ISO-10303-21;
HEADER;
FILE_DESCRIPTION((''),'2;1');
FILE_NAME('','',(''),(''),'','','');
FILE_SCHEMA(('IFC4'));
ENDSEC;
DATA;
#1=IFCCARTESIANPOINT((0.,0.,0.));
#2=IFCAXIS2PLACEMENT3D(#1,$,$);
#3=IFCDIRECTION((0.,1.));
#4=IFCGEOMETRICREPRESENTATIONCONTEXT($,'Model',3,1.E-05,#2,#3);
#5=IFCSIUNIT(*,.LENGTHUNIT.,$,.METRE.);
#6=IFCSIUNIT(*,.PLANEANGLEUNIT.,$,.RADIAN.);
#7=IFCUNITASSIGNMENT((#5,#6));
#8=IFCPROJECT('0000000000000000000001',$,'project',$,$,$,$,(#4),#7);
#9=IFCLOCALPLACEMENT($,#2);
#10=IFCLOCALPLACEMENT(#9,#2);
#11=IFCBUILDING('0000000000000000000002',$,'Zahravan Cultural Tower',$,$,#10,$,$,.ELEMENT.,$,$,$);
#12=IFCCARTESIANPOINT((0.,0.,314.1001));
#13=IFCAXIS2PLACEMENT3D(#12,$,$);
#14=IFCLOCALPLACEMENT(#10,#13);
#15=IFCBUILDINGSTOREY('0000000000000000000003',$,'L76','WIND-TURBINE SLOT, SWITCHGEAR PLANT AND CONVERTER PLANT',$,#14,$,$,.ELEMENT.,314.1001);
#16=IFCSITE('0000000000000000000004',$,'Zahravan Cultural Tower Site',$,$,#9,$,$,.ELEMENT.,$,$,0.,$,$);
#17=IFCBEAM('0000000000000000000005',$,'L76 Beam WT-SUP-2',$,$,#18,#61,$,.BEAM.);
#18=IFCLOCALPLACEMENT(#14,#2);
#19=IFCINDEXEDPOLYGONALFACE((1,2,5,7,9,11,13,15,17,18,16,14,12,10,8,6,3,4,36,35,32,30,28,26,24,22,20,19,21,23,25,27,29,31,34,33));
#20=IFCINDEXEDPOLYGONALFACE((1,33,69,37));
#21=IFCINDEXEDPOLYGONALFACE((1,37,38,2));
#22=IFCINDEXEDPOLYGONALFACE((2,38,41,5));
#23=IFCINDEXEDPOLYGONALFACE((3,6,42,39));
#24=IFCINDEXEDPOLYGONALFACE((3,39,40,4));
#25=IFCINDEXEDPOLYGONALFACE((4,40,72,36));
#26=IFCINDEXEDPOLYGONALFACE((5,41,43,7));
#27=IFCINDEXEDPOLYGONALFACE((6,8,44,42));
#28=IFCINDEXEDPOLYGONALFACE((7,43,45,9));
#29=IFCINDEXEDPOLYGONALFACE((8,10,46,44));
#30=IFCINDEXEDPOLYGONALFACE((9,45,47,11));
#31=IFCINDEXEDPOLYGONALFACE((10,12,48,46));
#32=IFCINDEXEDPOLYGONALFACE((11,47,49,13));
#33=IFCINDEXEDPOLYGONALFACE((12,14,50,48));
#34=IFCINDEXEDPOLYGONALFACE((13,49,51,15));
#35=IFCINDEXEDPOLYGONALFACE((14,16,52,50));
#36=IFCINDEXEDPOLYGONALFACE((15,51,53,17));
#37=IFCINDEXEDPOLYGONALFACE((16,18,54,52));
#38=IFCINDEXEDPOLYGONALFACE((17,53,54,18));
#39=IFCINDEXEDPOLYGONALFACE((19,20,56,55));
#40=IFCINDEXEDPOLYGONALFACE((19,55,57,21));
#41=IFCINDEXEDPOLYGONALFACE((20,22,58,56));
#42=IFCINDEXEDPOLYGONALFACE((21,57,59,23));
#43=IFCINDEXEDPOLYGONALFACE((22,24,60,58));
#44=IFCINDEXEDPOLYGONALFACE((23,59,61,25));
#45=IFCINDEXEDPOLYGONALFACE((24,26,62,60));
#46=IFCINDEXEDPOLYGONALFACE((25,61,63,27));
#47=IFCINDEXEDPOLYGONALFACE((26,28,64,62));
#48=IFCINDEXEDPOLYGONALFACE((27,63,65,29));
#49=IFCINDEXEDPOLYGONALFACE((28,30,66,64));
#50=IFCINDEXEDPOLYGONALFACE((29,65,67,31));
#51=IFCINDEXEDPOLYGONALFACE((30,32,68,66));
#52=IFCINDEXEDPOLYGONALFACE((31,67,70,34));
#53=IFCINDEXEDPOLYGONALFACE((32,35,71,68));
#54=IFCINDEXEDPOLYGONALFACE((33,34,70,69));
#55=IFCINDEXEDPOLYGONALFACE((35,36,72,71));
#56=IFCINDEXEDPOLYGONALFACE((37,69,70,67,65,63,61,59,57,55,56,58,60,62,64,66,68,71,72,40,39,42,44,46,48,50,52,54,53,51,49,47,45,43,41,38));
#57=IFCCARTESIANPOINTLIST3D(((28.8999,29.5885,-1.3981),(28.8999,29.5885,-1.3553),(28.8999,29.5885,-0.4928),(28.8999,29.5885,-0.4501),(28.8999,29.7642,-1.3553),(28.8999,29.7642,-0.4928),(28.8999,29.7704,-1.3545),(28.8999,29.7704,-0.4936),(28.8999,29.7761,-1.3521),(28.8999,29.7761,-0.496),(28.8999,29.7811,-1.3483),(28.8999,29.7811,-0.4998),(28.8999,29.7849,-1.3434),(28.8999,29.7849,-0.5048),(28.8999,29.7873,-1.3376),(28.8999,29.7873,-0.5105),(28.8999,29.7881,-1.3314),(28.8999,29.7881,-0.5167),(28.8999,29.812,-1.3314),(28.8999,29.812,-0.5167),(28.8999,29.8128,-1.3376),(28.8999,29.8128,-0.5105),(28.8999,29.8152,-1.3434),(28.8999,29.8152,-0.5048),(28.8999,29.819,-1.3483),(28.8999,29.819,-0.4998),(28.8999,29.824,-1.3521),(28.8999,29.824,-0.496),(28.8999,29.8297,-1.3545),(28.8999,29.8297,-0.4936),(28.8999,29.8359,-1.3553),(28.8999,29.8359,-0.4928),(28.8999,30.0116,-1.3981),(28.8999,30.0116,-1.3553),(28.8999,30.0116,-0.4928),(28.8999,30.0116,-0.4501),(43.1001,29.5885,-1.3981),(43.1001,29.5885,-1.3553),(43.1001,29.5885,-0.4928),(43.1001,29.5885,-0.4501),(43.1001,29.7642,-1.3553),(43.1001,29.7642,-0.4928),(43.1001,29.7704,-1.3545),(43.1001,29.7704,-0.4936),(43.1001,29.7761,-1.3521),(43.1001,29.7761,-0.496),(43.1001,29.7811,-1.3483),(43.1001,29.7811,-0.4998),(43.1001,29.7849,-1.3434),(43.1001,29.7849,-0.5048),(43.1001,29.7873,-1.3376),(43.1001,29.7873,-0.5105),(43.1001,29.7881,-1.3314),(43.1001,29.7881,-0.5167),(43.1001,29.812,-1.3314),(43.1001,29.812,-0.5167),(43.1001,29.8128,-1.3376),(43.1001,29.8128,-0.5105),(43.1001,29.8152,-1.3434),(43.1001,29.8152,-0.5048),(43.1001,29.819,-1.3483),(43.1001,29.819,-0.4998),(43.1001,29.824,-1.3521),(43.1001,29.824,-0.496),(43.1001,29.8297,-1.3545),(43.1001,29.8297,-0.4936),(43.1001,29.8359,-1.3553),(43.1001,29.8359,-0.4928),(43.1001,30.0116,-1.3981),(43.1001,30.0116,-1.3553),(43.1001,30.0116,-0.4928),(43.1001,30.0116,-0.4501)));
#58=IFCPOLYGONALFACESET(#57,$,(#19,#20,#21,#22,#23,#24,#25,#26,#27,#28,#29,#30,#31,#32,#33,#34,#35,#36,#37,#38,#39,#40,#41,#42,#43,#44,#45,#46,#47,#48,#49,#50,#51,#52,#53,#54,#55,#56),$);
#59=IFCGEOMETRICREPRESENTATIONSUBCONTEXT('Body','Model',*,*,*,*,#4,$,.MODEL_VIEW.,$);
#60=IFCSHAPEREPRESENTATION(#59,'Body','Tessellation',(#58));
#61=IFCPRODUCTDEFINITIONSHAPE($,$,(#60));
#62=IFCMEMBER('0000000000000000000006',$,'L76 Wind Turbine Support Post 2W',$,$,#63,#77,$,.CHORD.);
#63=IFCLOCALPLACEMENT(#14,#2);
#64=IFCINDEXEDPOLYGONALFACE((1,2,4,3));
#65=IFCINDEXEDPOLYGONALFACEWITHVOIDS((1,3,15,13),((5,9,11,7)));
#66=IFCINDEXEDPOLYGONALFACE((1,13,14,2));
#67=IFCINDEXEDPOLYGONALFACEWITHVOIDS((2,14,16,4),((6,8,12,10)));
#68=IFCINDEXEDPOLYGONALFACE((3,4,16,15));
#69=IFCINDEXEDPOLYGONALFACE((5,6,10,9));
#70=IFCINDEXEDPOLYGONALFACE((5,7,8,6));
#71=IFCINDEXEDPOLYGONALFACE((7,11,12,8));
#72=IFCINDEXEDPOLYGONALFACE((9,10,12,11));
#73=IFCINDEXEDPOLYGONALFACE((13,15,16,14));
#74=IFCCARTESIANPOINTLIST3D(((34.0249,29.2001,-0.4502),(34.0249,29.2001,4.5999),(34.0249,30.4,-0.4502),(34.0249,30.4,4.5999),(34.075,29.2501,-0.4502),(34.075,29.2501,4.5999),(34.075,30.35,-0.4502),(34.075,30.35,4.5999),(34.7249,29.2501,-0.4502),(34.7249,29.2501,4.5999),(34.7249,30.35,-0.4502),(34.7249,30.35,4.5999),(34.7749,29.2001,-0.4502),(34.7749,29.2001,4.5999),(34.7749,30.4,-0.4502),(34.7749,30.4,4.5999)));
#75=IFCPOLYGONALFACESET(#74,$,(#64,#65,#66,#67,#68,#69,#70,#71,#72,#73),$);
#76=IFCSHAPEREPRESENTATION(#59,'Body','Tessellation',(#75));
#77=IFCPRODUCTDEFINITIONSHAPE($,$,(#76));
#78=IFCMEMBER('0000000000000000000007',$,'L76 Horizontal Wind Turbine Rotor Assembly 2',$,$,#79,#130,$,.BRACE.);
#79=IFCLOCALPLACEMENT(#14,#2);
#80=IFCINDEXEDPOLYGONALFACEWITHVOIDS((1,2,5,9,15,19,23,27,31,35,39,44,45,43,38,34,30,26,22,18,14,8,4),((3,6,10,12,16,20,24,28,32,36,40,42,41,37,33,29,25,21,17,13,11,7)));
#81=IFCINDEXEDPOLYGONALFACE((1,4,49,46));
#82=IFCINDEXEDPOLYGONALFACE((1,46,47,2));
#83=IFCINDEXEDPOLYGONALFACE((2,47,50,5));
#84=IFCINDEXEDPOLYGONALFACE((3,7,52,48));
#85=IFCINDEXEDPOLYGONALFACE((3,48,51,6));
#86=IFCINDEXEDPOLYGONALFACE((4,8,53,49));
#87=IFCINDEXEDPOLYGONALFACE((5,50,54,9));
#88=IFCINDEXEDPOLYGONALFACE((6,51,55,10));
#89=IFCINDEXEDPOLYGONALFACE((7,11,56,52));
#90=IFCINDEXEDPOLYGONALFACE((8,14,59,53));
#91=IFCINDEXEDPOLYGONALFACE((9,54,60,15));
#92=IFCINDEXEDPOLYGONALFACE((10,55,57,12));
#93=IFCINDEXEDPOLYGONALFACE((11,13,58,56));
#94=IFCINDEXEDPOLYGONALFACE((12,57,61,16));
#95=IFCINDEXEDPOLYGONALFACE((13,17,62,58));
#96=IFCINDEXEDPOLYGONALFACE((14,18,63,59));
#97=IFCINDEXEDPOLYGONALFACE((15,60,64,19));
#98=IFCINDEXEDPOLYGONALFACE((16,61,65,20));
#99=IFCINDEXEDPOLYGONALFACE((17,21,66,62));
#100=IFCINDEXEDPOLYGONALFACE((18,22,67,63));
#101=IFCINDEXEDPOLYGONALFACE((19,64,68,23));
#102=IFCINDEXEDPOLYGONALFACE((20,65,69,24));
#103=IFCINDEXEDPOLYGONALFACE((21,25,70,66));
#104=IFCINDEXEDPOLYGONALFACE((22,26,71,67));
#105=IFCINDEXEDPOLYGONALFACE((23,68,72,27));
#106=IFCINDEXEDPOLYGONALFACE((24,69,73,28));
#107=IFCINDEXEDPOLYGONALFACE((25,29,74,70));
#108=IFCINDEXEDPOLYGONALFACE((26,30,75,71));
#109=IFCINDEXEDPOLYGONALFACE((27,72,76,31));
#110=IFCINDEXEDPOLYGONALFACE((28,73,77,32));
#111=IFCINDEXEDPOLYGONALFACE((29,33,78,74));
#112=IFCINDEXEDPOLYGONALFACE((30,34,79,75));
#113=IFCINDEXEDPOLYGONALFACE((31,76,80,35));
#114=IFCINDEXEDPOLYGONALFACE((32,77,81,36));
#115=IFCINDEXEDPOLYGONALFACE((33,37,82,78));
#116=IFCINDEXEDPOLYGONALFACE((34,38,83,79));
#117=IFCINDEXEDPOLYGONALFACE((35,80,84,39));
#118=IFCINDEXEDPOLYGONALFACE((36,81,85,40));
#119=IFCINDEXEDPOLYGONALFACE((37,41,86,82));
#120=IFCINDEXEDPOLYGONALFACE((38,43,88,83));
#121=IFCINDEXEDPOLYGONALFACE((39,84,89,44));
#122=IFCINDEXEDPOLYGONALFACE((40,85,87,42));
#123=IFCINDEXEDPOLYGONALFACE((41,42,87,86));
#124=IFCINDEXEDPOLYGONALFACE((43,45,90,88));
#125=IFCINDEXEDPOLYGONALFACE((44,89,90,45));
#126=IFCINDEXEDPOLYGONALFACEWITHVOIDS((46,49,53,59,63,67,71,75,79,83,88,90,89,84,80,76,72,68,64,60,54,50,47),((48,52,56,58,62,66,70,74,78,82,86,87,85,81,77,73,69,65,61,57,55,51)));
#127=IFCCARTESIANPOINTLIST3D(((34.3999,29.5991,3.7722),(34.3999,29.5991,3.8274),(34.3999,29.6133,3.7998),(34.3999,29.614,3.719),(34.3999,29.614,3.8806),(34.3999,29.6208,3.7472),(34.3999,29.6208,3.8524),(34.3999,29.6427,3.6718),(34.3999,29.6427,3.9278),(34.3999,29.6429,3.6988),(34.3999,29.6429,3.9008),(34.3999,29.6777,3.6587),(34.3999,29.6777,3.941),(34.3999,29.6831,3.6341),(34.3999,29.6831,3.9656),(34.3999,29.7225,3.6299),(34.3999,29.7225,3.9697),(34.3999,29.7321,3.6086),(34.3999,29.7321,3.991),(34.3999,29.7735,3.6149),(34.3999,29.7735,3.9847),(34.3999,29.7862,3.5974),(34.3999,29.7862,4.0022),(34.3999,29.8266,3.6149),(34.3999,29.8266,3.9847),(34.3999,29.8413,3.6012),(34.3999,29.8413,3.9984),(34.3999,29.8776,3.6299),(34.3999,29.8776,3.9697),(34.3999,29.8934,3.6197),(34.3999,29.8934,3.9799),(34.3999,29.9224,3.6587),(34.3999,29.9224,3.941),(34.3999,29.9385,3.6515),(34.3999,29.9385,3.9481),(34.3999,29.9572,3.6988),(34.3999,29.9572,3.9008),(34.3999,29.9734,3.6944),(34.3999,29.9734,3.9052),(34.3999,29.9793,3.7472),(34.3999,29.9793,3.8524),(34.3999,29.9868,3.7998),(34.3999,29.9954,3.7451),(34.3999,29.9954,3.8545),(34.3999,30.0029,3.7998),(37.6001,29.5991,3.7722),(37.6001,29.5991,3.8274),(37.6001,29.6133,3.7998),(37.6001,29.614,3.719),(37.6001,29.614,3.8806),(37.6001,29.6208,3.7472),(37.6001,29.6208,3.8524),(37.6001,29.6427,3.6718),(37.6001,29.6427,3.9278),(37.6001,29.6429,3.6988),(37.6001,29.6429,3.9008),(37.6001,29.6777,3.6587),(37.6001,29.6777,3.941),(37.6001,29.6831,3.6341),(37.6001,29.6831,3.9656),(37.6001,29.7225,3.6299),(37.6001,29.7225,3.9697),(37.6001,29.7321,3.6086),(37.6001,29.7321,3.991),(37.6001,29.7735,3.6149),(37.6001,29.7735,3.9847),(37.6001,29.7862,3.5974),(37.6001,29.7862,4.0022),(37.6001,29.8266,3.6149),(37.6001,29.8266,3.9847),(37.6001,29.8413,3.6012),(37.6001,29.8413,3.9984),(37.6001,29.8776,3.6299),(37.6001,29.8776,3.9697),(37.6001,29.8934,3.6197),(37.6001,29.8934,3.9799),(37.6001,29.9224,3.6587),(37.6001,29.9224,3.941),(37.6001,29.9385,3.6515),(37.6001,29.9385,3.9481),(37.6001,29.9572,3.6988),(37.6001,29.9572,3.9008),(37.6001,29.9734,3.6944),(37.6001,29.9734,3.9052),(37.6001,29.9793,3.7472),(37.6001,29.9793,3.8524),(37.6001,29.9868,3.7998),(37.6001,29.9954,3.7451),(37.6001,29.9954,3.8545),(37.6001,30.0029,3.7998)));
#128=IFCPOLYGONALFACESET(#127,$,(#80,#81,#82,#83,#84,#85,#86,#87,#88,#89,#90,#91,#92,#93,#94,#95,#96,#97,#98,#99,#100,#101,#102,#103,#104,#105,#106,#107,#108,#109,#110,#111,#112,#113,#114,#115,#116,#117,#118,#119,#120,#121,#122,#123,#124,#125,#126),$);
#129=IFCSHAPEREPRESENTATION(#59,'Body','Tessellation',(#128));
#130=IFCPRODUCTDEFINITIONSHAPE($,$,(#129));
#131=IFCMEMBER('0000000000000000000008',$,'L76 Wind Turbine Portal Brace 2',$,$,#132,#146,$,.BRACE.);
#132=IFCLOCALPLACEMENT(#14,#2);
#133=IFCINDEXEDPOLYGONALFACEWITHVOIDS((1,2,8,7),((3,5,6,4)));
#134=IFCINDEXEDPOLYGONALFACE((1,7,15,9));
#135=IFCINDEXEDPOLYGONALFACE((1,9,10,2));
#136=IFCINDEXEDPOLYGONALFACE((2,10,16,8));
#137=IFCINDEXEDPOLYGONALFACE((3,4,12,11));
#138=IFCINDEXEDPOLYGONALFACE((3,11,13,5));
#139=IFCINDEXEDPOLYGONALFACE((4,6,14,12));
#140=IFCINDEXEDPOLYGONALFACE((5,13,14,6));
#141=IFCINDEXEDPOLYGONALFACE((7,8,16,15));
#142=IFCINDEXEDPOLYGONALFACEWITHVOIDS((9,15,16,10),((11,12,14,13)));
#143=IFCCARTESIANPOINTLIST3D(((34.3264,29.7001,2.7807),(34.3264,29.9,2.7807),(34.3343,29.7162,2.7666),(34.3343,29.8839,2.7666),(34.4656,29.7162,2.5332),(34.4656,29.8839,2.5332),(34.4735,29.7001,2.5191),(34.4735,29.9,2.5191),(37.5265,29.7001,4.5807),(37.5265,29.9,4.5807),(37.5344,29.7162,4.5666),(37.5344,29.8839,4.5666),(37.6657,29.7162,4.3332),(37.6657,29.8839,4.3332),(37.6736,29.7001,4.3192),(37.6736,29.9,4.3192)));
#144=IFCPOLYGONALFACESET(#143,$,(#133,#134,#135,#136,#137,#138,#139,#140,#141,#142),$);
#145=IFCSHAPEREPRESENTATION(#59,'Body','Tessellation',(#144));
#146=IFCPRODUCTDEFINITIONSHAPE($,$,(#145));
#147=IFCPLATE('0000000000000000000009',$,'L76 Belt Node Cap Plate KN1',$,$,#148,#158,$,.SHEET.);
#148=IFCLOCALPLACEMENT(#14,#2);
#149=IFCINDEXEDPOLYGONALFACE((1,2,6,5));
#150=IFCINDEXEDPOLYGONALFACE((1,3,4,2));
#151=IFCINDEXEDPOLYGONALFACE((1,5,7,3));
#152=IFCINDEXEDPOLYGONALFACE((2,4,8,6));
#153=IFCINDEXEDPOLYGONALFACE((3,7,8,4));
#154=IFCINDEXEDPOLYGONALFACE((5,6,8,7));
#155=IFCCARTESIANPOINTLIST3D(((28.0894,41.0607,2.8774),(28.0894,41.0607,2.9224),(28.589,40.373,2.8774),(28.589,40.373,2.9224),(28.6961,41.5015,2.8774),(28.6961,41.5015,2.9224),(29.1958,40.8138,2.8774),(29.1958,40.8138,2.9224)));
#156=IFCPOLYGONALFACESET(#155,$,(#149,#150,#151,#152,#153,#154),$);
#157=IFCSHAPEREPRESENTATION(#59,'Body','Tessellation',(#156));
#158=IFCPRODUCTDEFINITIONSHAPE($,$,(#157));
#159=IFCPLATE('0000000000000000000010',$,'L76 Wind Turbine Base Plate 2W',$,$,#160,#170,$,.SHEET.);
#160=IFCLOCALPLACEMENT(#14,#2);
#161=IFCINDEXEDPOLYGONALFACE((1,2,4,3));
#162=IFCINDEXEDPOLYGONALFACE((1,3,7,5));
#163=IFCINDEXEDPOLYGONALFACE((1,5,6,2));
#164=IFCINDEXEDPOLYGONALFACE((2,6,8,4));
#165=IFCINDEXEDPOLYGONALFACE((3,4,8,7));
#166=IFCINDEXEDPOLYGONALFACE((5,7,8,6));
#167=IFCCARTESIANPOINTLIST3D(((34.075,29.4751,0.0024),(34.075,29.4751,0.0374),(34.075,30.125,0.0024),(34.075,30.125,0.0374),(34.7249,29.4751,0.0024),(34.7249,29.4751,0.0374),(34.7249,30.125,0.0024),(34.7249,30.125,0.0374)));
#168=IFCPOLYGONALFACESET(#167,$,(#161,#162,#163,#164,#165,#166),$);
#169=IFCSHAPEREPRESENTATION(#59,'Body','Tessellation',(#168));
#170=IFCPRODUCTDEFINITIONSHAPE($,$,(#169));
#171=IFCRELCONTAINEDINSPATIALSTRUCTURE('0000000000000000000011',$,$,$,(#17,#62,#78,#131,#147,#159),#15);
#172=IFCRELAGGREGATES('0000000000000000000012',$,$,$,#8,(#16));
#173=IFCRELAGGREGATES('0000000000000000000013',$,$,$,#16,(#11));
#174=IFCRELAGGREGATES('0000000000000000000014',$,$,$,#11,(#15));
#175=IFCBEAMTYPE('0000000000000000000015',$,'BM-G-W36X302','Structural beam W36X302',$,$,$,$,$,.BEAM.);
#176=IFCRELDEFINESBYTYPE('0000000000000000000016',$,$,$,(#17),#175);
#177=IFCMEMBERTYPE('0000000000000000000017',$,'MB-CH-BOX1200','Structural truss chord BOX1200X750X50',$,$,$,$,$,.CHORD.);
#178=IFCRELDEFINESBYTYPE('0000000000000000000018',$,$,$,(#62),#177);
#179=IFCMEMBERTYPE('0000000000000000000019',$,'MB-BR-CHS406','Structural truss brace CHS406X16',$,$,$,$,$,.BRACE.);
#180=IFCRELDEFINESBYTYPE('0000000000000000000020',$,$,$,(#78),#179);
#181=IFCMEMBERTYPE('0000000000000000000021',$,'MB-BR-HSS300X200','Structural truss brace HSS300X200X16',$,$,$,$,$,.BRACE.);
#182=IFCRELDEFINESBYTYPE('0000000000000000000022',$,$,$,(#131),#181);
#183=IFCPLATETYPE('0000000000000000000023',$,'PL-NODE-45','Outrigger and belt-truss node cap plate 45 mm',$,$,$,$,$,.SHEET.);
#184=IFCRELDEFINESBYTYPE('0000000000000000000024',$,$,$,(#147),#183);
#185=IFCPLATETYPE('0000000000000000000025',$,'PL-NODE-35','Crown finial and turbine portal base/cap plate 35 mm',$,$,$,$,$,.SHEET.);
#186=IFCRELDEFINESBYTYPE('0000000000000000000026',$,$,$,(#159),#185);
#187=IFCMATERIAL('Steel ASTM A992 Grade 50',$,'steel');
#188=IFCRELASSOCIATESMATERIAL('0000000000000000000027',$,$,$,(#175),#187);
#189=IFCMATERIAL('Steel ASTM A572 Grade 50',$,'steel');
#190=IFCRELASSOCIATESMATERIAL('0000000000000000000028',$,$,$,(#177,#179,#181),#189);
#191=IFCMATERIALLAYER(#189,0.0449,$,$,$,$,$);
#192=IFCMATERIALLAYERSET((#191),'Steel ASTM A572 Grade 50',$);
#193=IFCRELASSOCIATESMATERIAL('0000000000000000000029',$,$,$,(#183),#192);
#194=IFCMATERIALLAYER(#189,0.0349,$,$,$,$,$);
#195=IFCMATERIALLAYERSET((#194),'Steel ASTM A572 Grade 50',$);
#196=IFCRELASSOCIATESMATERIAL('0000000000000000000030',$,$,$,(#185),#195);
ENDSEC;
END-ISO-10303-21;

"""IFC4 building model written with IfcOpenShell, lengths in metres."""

from ifc_helpers import new_model, si_unit, direction, frame, origin, origin_2d, place, context, subcontext, project, spatial, rectangle, hollow_rectangle, hollow_circle, i_section, extrude, source, transform, mapped, material, layer, layer_set, material_profile, profile_set, type_object, element, save


model = new_model("IFC4")

# Units and contexts
model_context = context("Model", 3, precision=1e-05, world=origin(), true_north=direction((0.0, 1.0)))
body_context = subcontext(model_context, "Body", "Model", "MODEL_VIEW")
ifc_project = project(units=[si_unit("LENGTHUNIT", "METRE"), si_unit("PLANEANGLEUNIT", "RADIAN")], contexts=[model_context])

# Site, building, storey
site_placement = place(None, origin())
site = spatial("IfcSite", under=ifc_project, at=site_placement, Name="Zahravan Cultural Tower Site", CompositionType="ELEMENT", RefElevation=0.0)
building_placement = place(site_placement, origin())
building = spatial("IfcBuilding", under=site, at=building_placement, Name="Zahravan Cultural Tower", CompositionType="ELEMENT")
storey_placement = place(building_placement, frame((0.0, 0.0, 314.1001)))
storey = spatial("IfcBuildingStorey", under=building, at=storey_placement, Name="L76", Description="WIND-TURBINE SLOT, SWITCHGEAR PLANT AND CONVERTER PLANT", CompositionType="ELEMENT", Elevation=314.1001)

# Shared definitions
ifc_material_1 = material(Name="Steel ASTM A992 Grade 50", Category="steel")

# Shared definitions
ifc_material_2 = material(Name="Steel ASTM A572 Grade 50", Category="steel")

# Beam
ifc_material_profile_1 = material_profile(ifc_material_1, i_section(OverallWidth=0.4231, OverallDepth=0.948, WebThickness=0.0239, FlangeThickness=0.0427, FilletRadius=0.0239, at=origin_2d()), Name="W36X302")
ifc_profile_set_1 = profile_set([ifc_material_profile_1], Name="Steel ASTM A992 Grade 50")
beam_type_1 = type_object("IfcBeamType", Name="BM-G-W36X302", Description="Structural beam W36X302", PredefinedType="BEAM", material=ifc_profile_set_1)
shared_shape_1 = source(origin(), body_context, "Body", "SweptSolid", [
    extrude(i_section(OverallWidth=0.4231, OverallDepth=0.948, WebThickness=0.0239, FlangeThickness=0.0427, FilletRadius=0.0239, at=origin_2d()), origin(), (0.0, 0.0, 1.0), 14.2002),
])
beam_1_placement = place(storey_placement, frame((28.8999, 29.8, -0.9241), z_axis=(1.0, 0.0, 0.0), x_axis=(0.0, 1.0, 0.0)))
element("IfcBeam", 1, at=beam_1_placement, inside=storey, type_object=beam_type_1, Name="L76 Beam WT-SUP-2", PredefinedType="BEAM", context=body_context, shape_type="MappedRepresentation", body=[
    mapped(shared_shape_1, transform((0.0, 0.0, 0.0), x_axis=(1.0, 0.0, 0.0), y_axis=(0.0, 1.0, 0.0), z_axis=(0.0, 0.0, 1.0), scale=1.0)),
])

# Members
ifc_material_profile_2 = material_profile(ifc_material_2, hollow_rectangle(XDim=0.75, YDim=1.2, WallThickness=0.05, at=origin_2d()), Name="BOX1200X750X50")
ifc_profile_set_2 = profile_set([ifc_material_profile_2], Name="Steel ASTM A572 Grade 50")
member_type_1 = type_object("IfcMemberType", Name="MB-CH-BOX1200", Description="Structural truss chord BOX1200X750X50", PredefinedType="CHORD", material=ifc_profile_set_2)
shared_shape_2 = source(origin(), body_context, "Body", "SweptSolid", [
    extrude(hollow_rectangle(XDim=0.75, YDim=1.2, WallThickness=0.05, at=origin_2d()), origin(), (0.0, 0.0, 1.0), 5.05),
])
member_1_placement = place(storey_placement, frame((34.3999, 29.8, -0.4502), z_axis=(0.0, 0.0, 1.0), x_axis=(1.0, 0.0, 0.0)))
element("IfcMember", 2, at=member_1_placement, inside=storey, type_object=member_type_1, Name="L76 Wind Turbine Support Post 2W", PredefinedType="CHORD", context=body_context, shape_type="MappedRepresentation", body=[
    mapped(shared_shape_2, transform((0.0, 0.0, 0.0), x_axis=(1.0, 0.0, 0.0), y_axis=(0.0, 1.0, 0.0), z_axis=(0.0, 0.0, 1.0), scale=1.0)),
])
ifc_material_profile_3 = material_profile(ifc_material_2, hollow_circle(Radius=0.2029, WallThickness=0.0161, at=origin_2d()), Name="CHS406X16")
ifc_profile_set_3 = profile_set([ifc_material_profile_3], Name="Steel ASTM A572 Grade 50")
member_type_2 = type_object("IfcMemberType", Name="MB-BR-CHS406", Description="Structural truss brace CHS406X16", PredefinedType="BRACE", material=ifc_profile_set_3)
shared_shape_3 = source(origin(), body_context, "Body", "SweptSolid", [
    extrude(hollow_circle(Radius=0.2029, WallThickness=0.0161, at=origin_2d()), origin(), (0.0, 0.0, 1.0), 3.2002),
])
member_2_placement = place(storey_placement, frame((34.3999, 29.8, 3.7998), z_axis=(1.0, 0.0, 0.0), x_axis=(0.0, 1.0, 0.0)))
element("IfcMember", 3, at=member_2_placement, inside=storey, type_object=member_type_2, Name="L76 Horizontal Wind Turbine Rotor Assembly 2", PredefinedType="BRACE", context=body_context, shape_type="MappedRepresentation", body=[
    mapped(shared_shape_3, transform((0.0, 0.0, 0.0), x_axis=(1.0, 0.0, 0.0), y_axis=(0.0, 1.0, 0.0), z_axis=(0.0, 0.0, 1.0), scale=1.0)),
])
ifc_material_profile_4 = material_profile(ifc_material_2, hollow_rectangle(XDim=0.2, YDim=0.3, WallThickness=0.0161, at=origin_2d()), Name="HSS300X200X16")
ifc_profile_set_4 = profile_set([ifc_material_profile_4], Name="Steel ASTM A572 Grade 50")
member_type_3 = type_object("IfcMemberType", Name="MB-BR-HSS300X200", Description="Structural truss brace HSS300X200X16", PredefinedType="BRACE", material=ifc_profile_set_4)
shared_shape_4 = source(origin(), body_context, "Body", "SweptSolid", [
    extrude(hollow_rectangle(XDim=0.2, YDim=0.3, WallThickness=0.0161, at=origin_2d()), origin(), (0.0, 0.0, 1.0), 3.6716),
])
member_3_placement = place(storey_placement, frame((34.3999, 29.8, 2.6499), z_axis=(0.871583, 0.0, 0.490249), x_axis=(0.0, 1.0, 0.0)))
element("IfcMember", 4, at=member_3_placement, inside=storey, type_object=member_type_3, Name="L76 Wind Turbine Portal Brace 2", PredefinedType="BRACE", context=body_context, shape_type="MappedRepresentation", body=[
    mapped(shared_shape_4, transform((0.0, 0.0, 0.0), x_axis=(1.0, 0.0, 0.0), y_axis=(0.0, 1.0, 0.0), z_axis=(0.0, 0.0, 1.0), scale=1.0)),
])

# Plates
ifc_layer_1 = layer(ifc_material_2, 0.0449)
ifc_layer_set_1 = layer_set([ifc_layer_1], Name="Steel ASTM A572 Grade 50")
plate_type_1 = type_object("IfcPlateType", Name="PL-NODE-45", Description="Outrigger and belt-truss node cap plate 45 mm", PredefinedType="SHEET", material=ifc_layer_set_1)
shared_shape_5 = source(origin(), body_context, "Body", "SweptSolid", [
    extrude(rectangle(XDim=0.8501, YDim=0.75, at=origin_2d()), origin(), (0.0, 0.0, 1.0), 0.0449),
])
plate_1_placement = place(storey_placement, frame((28.6426, 40.9373, 2.8774), z_axis=(0.0, 0.0, 1.0), x_axis=(-0.587785, 0.809017, 0.0)))
element("IfcPlate", 5, at=plate_1_placement, inside=storey, type_object=plate_type_1, Name="L76 Belt Node Cap Plate KN1", PredefinedType="SHEET", context=body_context, shape_type="MappedRepresentation", body=[
    mapped(shared_shape_5, transform((0.0, 0.0, 0.0), x_axis=(1.0, 0.0, 0.0), y_axis=(0.0, 1.0, 0.0), z_axis=(0.0, 0.0, 1.0), scale=1.0)),
])
ifc_layer_2 = layer(ifc_material_2, 0.0349)
ifc_layer_set_2 = layer_set([ifc_layer_2], Name="Steel ASTM A572 Grade 50")
plate_type_2 = type_object("IfcPlateType", Name="PL-NODE-35", Description="Crown finial and turbine portal base/cap plate 35 mm", PredefinedType="SHEET", material=ifc_layer_set_2)
shared_shape_6 = source(origin(), body_context, "Body", "SweptSolid", [
    extrude(rectangle(XDim=0.6499, YDim=0.6499, at=origin_2d()), origin(), (0.0, 0.0, 1.0), 0.0349),
])
plate_2_placement = place(storey_placement, frame((34.3999, 29.8, 0.0024), z_axis=(0.0, 0.0, 1.0), x_axis=(1.0, 0.0, 0.0)))
element("IfcPlate", 6, at=plate_2_placement, inside=storey, type_object=plate_type_2, Name="L76 Wind Turbine Base Plate 2W", PredefinedType="SHEET", context=body_context, shape_type="MappedRepresentation", body=[
    mapped(shared_shape_6, transform((0.0, 0.0, 0.0), x_axis=(1.0, 0.0, 0.0), y_axis=(0.0, 1.0, 0.0), z_axis=(0.0, 0.0, 1.0), scale=1.0)),
])

save(model, "model.ifc")
